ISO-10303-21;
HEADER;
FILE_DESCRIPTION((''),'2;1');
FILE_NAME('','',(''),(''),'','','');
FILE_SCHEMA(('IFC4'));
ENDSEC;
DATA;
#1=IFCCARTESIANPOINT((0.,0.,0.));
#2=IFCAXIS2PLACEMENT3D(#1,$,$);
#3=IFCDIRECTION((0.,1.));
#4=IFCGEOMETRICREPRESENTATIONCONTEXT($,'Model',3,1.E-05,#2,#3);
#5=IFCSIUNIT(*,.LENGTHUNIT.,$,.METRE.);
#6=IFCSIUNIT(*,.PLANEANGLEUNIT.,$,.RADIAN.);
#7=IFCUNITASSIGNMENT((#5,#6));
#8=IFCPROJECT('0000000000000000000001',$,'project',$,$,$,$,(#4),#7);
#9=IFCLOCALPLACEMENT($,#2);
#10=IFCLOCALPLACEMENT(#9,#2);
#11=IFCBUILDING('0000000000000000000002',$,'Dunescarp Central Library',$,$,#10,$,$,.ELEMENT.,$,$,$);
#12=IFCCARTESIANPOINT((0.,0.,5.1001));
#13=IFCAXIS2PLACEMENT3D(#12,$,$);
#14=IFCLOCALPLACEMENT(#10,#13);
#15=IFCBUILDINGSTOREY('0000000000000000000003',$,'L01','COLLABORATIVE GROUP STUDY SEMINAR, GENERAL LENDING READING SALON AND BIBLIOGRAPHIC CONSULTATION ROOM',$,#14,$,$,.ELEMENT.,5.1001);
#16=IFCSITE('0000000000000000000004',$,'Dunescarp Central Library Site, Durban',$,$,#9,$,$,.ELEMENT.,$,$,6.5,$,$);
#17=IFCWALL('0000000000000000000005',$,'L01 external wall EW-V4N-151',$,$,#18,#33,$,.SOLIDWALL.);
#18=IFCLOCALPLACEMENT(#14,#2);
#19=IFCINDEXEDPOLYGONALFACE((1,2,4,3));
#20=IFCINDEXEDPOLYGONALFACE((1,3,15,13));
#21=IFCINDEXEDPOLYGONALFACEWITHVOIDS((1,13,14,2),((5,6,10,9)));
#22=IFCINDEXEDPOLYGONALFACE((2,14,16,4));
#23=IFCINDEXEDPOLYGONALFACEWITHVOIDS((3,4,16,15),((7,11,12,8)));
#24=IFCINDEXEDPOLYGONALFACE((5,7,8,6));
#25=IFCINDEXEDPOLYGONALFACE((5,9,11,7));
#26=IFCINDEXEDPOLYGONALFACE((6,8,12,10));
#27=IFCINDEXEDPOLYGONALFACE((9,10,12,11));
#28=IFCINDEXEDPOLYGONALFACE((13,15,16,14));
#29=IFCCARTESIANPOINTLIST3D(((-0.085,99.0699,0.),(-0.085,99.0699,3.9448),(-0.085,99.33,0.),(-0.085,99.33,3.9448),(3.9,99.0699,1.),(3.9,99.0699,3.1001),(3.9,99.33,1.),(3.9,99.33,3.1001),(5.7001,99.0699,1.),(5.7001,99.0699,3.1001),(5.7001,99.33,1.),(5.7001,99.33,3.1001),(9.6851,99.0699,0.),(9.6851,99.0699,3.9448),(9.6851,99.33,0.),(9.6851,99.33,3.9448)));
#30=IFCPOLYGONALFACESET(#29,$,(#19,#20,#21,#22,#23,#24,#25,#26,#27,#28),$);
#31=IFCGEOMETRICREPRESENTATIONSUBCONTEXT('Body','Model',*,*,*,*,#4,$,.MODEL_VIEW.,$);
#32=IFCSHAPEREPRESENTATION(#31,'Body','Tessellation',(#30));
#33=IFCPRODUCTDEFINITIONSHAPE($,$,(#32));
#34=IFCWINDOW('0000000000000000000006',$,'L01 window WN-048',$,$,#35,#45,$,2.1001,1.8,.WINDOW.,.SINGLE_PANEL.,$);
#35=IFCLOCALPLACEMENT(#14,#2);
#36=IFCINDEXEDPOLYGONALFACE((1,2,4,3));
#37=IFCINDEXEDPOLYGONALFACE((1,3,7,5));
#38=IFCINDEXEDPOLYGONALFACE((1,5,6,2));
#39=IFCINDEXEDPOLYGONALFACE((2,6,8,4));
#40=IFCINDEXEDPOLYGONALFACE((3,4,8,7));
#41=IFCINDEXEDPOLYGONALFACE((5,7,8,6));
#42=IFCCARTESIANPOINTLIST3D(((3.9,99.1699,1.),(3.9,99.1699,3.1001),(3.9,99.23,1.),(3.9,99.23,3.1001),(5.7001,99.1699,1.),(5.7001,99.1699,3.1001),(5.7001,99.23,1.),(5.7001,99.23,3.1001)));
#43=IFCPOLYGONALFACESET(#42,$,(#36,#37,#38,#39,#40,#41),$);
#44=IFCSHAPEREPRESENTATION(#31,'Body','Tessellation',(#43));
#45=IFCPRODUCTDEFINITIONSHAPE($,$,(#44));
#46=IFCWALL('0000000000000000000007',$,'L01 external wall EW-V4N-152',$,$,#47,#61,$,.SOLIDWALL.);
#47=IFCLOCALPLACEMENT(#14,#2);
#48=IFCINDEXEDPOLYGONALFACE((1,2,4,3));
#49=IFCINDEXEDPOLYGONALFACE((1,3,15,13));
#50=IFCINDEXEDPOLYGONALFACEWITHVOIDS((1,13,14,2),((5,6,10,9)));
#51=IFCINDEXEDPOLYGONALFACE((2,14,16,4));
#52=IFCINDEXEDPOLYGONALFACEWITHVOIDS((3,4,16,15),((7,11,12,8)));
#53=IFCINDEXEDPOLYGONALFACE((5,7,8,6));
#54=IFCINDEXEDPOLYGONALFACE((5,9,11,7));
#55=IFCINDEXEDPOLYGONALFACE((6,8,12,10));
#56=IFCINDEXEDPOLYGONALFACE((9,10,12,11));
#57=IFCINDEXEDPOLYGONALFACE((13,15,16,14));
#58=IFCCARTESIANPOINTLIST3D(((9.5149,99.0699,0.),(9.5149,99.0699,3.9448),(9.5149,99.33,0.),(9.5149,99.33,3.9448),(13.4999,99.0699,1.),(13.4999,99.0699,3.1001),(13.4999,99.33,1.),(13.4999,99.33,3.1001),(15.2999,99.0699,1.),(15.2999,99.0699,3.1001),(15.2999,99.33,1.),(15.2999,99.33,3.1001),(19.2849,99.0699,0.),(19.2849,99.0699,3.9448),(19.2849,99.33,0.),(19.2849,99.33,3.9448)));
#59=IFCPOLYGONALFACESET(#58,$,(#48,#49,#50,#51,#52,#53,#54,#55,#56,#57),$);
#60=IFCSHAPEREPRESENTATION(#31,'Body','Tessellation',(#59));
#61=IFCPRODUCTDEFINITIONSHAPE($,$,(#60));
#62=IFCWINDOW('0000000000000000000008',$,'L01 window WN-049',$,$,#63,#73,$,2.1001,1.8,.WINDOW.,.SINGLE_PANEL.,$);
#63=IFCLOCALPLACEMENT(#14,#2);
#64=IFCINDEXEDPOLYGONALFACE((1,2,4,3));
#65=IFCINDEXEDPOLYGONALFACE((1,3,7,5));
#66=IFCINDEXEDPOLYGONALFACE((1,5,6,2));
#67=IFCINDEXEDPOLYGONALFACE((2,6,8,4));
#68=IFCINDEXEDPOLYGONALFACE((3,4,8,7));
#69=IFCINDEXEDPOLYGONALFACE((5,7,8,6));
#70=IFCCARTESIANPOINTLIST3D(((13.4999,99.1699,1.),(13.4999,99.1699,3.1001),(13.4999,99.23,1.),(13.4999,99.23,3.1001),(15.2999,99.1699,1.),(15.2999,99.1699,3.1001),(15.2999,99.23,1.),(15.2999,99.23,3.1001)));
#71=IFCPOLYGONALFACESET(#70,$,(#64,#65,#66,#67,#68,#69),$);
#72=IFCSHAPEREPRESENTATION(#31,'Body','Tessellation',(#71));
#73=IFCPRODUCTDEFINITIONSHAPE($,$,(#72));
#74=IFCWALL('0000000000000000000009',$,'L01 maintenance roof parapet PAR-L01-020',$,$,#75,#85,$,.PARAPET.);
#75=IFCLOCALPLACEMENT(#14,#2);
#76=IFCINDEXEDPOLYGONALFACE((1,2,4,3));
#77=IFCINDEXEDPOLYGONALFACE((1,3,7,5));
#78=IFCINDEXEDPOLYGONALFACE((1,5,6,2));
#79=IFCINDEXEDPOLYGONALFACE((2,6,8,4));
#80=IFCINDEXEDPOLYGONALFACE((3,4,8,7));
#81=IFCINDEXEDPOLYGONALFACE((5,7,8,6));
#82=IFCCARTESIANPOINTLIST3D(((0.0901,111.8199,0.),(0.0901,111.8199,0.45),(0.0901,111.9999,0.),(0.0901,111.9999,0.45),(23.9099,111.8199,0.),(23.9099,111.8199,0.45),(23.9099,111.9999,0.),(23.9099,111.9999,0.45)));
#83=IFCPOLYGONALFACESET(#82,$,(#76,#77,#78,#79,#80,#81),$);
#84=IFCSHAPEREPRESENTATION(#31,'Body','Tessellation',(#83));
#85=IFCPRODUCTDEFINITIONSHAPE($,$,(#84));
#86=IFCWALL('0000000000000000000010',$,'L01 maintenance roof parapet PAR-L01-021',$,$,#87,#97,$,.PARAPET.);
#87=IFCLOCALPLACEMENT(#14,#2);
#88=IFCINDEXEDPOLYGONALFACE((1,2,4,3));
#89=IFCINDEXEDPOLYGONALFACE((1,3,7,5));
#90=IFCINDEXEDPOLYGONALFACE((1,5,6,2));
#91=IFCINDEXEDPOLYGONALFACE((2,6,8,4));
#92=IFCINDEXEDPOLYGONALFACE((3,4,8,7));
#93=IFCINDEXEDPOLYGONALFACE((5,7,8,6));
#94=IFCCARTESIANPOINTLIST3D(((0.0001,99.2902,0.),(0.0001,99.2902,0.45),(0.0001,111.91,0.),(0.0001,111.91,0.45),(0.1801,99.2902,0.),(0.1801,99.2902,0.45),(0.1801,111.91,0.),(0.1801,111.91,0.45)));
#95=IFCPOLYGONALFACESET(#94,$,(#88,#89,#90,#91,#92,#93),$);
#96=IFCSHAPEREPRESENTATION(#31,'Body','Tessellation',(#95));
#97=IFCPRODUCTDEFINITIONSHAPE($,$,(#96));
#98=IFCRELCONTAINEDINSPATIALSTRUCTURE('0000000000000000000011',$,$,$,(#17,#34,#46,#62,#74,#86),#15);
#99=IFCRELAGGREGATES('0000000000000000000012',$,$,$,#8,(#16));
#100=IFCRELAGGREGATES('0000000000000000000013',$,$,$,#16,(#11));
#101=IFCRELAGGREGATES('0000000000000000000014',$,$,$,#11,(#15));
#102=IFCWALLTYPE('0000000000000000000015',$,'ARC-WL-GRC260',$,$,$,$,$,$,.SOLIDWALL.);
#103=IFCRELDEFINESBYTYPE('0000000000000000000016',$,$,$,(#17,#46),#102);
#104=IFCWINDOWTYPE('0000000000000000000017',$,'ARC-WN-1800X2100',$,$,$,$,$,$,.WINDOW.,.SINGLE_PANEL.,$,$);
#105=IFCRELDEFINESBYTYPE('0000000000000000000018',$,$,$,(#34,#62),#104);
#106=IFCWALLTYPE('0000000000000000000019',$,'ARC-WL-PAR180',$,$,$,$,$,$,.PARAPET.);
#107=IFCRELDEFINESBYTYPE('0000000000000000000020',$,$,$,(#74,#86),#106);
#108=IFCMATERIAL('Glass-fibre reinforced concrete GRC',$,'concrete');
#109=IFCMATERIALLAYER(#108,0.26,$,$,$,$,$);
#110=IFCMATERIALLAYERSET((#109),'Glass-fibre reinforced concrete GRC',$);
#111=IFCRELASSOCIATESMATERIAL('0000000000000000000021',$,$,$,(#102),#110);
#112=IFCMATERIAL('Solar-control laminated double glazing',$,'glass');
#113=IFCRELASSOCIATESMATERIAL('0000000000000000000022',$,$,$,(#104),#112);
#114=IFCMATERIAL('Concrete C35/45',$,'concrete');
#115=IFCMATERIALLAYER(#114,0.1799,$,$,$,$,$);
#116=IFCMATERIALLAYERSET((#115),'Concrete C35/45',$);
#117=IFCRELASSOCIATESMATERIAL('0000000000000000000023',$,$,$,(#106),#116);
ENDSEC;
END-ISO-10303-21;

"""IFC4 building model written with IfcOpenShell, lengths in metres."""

from ifc_helpers import new_model, si_unit, direction, frame, frame_2d, origin, place, context, subcontext, project, spatial, rectangle, extrude, material, layer, layer_set, type_object, element, fill, save


model = new_model("IFC4")

# Units and contexts
model_context = context("Model", 3, precision=1e-05, world=origin(), true_north=direction((0.0, 1.0)))
body_context = subcontext(model_context, "Body", "Model", "MODEL_VIEW")
ifc_project = project(units=[si_unit("LENGTHUNIT", "METRE"), si_unit("PLANEANGLEUNIT", "RADIAN")], contexts=[model_context])

# Site, building, storey
site_placement = place(None, origin())
site = spatial("IfcSite", under=ifc_project, at=site_placement, Name="Dunescarp Central Library Site, Durban", CompositionType="ELEMENT", RefElevation=6.5)
building_placement = place(site_placement, origin())
building = spatial("IfcBuilding", under=site, at=building_placement, Name="Dunescarp Central Library", CompositionType="ELEMENT")
storey_placement = place(building_placement, frame((0.0, 0.0, 5.1001)))
storey = spatial("IfcBuildingStorey", under=building, at=storey_placement, Name="L01", Description="COLLABORATIVE GROUP STUDY SEMINAR, GENERAL LENDING READING SALON AND BIBLIOGRAPHIC CONSULTATION ROOM", CompositionType="ELEMENT", Elevation=5.1001)

# Shared definitions
ifc_material_1 = material(Name="Solar-control laminated double glazing", Category="glass")

# Walls, openings, windows
ifc_material_2 = material(Name="Glass-fibre reinforced concrete GRC", Category="concrete")
ifc_layer_1 = layer(ifc_material_2, 0.26)
ifc_layer_set_1 = layer_set([ifc_layer_1], Name="Glass-fibre reinforced concrete GRC")
wall_type_1 = type_object("IfcWallType", Name="ARC-WL-GRC260", PredefinedType="SOLIDWALL", material=ifc_layer_set_1)
wall_1_placement = place(storey_placement, frame((-0.085, 99.2, 0.0), z_axis=(0.0, 0.0, 1.0), x_axis=(1.0, 0.0, 0.0)))
wall_1 = element("IfcWall", 1, at=wall_1_placement, inside=storey, type_object=wall_type_1, Name="L01 external wall EW-V4N-151", PredefinedType="SOLIDWALL", context=body_context, shape_type="SweptSolid", body=[
    extrude(rectangle(XDim=9.77, YDim=0.26, at=frame_2d((4.885, 0.0))), origin(), (0.0, 0.0, 1.0), 3.9448),
])
opening_1_placement = place(wall_1_placement, frame((3.9851, 0.0, 1.0)))
opening_1 = element("IfcOpeningElement", 2, at=opening_1_placement, cuts=wall_1, PredefinedType="OPENING", context=body_context, shape_type="SweptSolid", body=[
    extrude(rectangle(XDim=1.8, YDim=2.1001, at=frame_2d((0.8999, 1.05))), frame((0.0, 0.1401, 0.0), z_axis=(0.0, -1.0, 0.0), x_axis=(1.0, 0.0, 0.0)), (0.0, 0.0, 1.0), 0.28),
])
window_type = type_object("IfcWindowType", Name="ARC-WN-1800X2100", PartitioningType="SINGLE_PANEL", PredefinedType="WINDOW", material=ifc_material_1)
window_1_placement = place(opening_1_placement, origin())
window_1 = element("IfcWindow", 3, at=window_1_placement, inside=storey, type_object=window_type, Name="L01 window WN-048", OverallHeight=2.1001, OverallWidth=1.8, PartitioningType="SINGLE_PANEL", PredefinedType="WINDOW", context=body_context, shape_type="SweptSolid", body=[
    extrude(rectangle(XDim=1.8, YDim=2.1001, at=frame_2d((0.8999, 1.05))), frame((0.0, 0.03, 0.0), z_axis=(0.0, -1.0, 0.0), x_axis=(1.0, 0.0, 0.0)), (0.0, 0.0, 1.0), 0.0601),
])
fill(opening_1, window_1)
wall_2_placement = place(storey_placement, frame((9.5149, 99.2, 0.0), z_axis=(0.0, 0.0, 1.0), x_axis=(1.0, 0.0, 0.0)))
wall_2 = element("IfcWall", 4, at=wall_2_placement, inside=storey, type_object=wall_type_1, Name="L01 external wall EW-V4N-152", PredefinedType="SOLIDWALL", context=body_context, shape_type="SweptSolid", body=[
    extrude(rectangle(XDim=9.77, YDim=0.26, at=frame_2d((4.885, 0.0))), origin(), (0.0, 0.0, 1.0), 3.9448),
])
opening_2_placement = place(wall_2_placement, frame((3.9851, 0.0, 1.0)))
opening_2 = element("IfcOpeningElement", 5, at=opening_2_placement, cuts=wall_2, PredefinedType="OPENING", context=body_context, shape_type="SweptSolid", body=[
    extrude(rectangle(XDim=1.8, YDim=2.1001, at=frame_2d((0.8999, 1.05))), frame((0.0, 0.1401, 0.0), z_axis=(0.0, -1.0, 0.0), x_axis=(1.0, 0.0, 0.0)), (0.0, 0.0, 1.0), 0.28),
])
window_2_placement = place(opening_2_placement, origin())
window_2 = element("IfcWindow", 6, at=window_2_placement, inside=storey, type_object=window_type, Name="L01 window WN-049", OverallHeight=2.1001, OverallWidth=1.8, PartitioningType="SINGLE_PANEL", PredefinedType="WINDOW", context=body_context, shape_type="SweptSolid", body=[
    extrude(rectangle(XDim=1.8, YDim=2.1001, at=frame_2d((0.8999, 1.05))), frame((0.0, 0.03, 0.0), z_axis=(0.0, -1.0, 0.0), x_axis=(1.0, 0.0, 0.0)), (0.0, 0.0, 1.0), 0.0601),
])
fill(opening_2, window_2)

# Walls
ifc_material_3 = material(Name="Concrete C35/45", Category="concrete")
ifc_layer_2 = layer(ifc_material_3, 0.1799)
ifc_layer_set_2 = layer_set([ifc_layer_2], Name="Concrete C35/45")
wall_type_2 = type_object("IfcWallType", Name="ARC-WL-PAR180", PredefinedType="PARAPET", material=ifc_layer_set_2)
wall_3_placement = place(storey_placement, frame((0.0901, 111.9099, 0.0), z_axis=(0.0, 0.0, 1.0), x_axis=(1.0, 0.0, 0.0)))
element("IfcWall", 7, at=wall_3_placement, inside=storey, type_object=wall_type_2, Name="L01 maintenance roof parapet PAR-L01-020", PredefinedType="PARAPET", context=body_context, shape_type="SweptSolid", body=[
    extrude(rectangle(XDim=23.8198, YDim=0.1799, at=frame_2d((11.9099, 0.0))), origin(), (0.0, 0.0, 1.0), 0.45),
])
wall_4_placement = place(storey_placement, frame((0.0901, 99.29, 0.0), z_axis=(0.0, 0.0, 1.0), x_axis=(0.0, 1.0, 0.0)))
element("IfcWall", 8, at=wall_4_placement, inside=storey, type_object=wall_type_2, Name="L01 maintenance roof parapet PAR-L01-021", PredefinedType="PARAPET", context=body_context, shape_type="SweptSolid", body=[
    extrude(rectangle(XDim=12.6199, YDim=0.1799, at=frame_2d((6.3101, 0.0))), origin(), (0.0, 0.0, 1.0), 0.45),
])

save(model, "model.ifc")
